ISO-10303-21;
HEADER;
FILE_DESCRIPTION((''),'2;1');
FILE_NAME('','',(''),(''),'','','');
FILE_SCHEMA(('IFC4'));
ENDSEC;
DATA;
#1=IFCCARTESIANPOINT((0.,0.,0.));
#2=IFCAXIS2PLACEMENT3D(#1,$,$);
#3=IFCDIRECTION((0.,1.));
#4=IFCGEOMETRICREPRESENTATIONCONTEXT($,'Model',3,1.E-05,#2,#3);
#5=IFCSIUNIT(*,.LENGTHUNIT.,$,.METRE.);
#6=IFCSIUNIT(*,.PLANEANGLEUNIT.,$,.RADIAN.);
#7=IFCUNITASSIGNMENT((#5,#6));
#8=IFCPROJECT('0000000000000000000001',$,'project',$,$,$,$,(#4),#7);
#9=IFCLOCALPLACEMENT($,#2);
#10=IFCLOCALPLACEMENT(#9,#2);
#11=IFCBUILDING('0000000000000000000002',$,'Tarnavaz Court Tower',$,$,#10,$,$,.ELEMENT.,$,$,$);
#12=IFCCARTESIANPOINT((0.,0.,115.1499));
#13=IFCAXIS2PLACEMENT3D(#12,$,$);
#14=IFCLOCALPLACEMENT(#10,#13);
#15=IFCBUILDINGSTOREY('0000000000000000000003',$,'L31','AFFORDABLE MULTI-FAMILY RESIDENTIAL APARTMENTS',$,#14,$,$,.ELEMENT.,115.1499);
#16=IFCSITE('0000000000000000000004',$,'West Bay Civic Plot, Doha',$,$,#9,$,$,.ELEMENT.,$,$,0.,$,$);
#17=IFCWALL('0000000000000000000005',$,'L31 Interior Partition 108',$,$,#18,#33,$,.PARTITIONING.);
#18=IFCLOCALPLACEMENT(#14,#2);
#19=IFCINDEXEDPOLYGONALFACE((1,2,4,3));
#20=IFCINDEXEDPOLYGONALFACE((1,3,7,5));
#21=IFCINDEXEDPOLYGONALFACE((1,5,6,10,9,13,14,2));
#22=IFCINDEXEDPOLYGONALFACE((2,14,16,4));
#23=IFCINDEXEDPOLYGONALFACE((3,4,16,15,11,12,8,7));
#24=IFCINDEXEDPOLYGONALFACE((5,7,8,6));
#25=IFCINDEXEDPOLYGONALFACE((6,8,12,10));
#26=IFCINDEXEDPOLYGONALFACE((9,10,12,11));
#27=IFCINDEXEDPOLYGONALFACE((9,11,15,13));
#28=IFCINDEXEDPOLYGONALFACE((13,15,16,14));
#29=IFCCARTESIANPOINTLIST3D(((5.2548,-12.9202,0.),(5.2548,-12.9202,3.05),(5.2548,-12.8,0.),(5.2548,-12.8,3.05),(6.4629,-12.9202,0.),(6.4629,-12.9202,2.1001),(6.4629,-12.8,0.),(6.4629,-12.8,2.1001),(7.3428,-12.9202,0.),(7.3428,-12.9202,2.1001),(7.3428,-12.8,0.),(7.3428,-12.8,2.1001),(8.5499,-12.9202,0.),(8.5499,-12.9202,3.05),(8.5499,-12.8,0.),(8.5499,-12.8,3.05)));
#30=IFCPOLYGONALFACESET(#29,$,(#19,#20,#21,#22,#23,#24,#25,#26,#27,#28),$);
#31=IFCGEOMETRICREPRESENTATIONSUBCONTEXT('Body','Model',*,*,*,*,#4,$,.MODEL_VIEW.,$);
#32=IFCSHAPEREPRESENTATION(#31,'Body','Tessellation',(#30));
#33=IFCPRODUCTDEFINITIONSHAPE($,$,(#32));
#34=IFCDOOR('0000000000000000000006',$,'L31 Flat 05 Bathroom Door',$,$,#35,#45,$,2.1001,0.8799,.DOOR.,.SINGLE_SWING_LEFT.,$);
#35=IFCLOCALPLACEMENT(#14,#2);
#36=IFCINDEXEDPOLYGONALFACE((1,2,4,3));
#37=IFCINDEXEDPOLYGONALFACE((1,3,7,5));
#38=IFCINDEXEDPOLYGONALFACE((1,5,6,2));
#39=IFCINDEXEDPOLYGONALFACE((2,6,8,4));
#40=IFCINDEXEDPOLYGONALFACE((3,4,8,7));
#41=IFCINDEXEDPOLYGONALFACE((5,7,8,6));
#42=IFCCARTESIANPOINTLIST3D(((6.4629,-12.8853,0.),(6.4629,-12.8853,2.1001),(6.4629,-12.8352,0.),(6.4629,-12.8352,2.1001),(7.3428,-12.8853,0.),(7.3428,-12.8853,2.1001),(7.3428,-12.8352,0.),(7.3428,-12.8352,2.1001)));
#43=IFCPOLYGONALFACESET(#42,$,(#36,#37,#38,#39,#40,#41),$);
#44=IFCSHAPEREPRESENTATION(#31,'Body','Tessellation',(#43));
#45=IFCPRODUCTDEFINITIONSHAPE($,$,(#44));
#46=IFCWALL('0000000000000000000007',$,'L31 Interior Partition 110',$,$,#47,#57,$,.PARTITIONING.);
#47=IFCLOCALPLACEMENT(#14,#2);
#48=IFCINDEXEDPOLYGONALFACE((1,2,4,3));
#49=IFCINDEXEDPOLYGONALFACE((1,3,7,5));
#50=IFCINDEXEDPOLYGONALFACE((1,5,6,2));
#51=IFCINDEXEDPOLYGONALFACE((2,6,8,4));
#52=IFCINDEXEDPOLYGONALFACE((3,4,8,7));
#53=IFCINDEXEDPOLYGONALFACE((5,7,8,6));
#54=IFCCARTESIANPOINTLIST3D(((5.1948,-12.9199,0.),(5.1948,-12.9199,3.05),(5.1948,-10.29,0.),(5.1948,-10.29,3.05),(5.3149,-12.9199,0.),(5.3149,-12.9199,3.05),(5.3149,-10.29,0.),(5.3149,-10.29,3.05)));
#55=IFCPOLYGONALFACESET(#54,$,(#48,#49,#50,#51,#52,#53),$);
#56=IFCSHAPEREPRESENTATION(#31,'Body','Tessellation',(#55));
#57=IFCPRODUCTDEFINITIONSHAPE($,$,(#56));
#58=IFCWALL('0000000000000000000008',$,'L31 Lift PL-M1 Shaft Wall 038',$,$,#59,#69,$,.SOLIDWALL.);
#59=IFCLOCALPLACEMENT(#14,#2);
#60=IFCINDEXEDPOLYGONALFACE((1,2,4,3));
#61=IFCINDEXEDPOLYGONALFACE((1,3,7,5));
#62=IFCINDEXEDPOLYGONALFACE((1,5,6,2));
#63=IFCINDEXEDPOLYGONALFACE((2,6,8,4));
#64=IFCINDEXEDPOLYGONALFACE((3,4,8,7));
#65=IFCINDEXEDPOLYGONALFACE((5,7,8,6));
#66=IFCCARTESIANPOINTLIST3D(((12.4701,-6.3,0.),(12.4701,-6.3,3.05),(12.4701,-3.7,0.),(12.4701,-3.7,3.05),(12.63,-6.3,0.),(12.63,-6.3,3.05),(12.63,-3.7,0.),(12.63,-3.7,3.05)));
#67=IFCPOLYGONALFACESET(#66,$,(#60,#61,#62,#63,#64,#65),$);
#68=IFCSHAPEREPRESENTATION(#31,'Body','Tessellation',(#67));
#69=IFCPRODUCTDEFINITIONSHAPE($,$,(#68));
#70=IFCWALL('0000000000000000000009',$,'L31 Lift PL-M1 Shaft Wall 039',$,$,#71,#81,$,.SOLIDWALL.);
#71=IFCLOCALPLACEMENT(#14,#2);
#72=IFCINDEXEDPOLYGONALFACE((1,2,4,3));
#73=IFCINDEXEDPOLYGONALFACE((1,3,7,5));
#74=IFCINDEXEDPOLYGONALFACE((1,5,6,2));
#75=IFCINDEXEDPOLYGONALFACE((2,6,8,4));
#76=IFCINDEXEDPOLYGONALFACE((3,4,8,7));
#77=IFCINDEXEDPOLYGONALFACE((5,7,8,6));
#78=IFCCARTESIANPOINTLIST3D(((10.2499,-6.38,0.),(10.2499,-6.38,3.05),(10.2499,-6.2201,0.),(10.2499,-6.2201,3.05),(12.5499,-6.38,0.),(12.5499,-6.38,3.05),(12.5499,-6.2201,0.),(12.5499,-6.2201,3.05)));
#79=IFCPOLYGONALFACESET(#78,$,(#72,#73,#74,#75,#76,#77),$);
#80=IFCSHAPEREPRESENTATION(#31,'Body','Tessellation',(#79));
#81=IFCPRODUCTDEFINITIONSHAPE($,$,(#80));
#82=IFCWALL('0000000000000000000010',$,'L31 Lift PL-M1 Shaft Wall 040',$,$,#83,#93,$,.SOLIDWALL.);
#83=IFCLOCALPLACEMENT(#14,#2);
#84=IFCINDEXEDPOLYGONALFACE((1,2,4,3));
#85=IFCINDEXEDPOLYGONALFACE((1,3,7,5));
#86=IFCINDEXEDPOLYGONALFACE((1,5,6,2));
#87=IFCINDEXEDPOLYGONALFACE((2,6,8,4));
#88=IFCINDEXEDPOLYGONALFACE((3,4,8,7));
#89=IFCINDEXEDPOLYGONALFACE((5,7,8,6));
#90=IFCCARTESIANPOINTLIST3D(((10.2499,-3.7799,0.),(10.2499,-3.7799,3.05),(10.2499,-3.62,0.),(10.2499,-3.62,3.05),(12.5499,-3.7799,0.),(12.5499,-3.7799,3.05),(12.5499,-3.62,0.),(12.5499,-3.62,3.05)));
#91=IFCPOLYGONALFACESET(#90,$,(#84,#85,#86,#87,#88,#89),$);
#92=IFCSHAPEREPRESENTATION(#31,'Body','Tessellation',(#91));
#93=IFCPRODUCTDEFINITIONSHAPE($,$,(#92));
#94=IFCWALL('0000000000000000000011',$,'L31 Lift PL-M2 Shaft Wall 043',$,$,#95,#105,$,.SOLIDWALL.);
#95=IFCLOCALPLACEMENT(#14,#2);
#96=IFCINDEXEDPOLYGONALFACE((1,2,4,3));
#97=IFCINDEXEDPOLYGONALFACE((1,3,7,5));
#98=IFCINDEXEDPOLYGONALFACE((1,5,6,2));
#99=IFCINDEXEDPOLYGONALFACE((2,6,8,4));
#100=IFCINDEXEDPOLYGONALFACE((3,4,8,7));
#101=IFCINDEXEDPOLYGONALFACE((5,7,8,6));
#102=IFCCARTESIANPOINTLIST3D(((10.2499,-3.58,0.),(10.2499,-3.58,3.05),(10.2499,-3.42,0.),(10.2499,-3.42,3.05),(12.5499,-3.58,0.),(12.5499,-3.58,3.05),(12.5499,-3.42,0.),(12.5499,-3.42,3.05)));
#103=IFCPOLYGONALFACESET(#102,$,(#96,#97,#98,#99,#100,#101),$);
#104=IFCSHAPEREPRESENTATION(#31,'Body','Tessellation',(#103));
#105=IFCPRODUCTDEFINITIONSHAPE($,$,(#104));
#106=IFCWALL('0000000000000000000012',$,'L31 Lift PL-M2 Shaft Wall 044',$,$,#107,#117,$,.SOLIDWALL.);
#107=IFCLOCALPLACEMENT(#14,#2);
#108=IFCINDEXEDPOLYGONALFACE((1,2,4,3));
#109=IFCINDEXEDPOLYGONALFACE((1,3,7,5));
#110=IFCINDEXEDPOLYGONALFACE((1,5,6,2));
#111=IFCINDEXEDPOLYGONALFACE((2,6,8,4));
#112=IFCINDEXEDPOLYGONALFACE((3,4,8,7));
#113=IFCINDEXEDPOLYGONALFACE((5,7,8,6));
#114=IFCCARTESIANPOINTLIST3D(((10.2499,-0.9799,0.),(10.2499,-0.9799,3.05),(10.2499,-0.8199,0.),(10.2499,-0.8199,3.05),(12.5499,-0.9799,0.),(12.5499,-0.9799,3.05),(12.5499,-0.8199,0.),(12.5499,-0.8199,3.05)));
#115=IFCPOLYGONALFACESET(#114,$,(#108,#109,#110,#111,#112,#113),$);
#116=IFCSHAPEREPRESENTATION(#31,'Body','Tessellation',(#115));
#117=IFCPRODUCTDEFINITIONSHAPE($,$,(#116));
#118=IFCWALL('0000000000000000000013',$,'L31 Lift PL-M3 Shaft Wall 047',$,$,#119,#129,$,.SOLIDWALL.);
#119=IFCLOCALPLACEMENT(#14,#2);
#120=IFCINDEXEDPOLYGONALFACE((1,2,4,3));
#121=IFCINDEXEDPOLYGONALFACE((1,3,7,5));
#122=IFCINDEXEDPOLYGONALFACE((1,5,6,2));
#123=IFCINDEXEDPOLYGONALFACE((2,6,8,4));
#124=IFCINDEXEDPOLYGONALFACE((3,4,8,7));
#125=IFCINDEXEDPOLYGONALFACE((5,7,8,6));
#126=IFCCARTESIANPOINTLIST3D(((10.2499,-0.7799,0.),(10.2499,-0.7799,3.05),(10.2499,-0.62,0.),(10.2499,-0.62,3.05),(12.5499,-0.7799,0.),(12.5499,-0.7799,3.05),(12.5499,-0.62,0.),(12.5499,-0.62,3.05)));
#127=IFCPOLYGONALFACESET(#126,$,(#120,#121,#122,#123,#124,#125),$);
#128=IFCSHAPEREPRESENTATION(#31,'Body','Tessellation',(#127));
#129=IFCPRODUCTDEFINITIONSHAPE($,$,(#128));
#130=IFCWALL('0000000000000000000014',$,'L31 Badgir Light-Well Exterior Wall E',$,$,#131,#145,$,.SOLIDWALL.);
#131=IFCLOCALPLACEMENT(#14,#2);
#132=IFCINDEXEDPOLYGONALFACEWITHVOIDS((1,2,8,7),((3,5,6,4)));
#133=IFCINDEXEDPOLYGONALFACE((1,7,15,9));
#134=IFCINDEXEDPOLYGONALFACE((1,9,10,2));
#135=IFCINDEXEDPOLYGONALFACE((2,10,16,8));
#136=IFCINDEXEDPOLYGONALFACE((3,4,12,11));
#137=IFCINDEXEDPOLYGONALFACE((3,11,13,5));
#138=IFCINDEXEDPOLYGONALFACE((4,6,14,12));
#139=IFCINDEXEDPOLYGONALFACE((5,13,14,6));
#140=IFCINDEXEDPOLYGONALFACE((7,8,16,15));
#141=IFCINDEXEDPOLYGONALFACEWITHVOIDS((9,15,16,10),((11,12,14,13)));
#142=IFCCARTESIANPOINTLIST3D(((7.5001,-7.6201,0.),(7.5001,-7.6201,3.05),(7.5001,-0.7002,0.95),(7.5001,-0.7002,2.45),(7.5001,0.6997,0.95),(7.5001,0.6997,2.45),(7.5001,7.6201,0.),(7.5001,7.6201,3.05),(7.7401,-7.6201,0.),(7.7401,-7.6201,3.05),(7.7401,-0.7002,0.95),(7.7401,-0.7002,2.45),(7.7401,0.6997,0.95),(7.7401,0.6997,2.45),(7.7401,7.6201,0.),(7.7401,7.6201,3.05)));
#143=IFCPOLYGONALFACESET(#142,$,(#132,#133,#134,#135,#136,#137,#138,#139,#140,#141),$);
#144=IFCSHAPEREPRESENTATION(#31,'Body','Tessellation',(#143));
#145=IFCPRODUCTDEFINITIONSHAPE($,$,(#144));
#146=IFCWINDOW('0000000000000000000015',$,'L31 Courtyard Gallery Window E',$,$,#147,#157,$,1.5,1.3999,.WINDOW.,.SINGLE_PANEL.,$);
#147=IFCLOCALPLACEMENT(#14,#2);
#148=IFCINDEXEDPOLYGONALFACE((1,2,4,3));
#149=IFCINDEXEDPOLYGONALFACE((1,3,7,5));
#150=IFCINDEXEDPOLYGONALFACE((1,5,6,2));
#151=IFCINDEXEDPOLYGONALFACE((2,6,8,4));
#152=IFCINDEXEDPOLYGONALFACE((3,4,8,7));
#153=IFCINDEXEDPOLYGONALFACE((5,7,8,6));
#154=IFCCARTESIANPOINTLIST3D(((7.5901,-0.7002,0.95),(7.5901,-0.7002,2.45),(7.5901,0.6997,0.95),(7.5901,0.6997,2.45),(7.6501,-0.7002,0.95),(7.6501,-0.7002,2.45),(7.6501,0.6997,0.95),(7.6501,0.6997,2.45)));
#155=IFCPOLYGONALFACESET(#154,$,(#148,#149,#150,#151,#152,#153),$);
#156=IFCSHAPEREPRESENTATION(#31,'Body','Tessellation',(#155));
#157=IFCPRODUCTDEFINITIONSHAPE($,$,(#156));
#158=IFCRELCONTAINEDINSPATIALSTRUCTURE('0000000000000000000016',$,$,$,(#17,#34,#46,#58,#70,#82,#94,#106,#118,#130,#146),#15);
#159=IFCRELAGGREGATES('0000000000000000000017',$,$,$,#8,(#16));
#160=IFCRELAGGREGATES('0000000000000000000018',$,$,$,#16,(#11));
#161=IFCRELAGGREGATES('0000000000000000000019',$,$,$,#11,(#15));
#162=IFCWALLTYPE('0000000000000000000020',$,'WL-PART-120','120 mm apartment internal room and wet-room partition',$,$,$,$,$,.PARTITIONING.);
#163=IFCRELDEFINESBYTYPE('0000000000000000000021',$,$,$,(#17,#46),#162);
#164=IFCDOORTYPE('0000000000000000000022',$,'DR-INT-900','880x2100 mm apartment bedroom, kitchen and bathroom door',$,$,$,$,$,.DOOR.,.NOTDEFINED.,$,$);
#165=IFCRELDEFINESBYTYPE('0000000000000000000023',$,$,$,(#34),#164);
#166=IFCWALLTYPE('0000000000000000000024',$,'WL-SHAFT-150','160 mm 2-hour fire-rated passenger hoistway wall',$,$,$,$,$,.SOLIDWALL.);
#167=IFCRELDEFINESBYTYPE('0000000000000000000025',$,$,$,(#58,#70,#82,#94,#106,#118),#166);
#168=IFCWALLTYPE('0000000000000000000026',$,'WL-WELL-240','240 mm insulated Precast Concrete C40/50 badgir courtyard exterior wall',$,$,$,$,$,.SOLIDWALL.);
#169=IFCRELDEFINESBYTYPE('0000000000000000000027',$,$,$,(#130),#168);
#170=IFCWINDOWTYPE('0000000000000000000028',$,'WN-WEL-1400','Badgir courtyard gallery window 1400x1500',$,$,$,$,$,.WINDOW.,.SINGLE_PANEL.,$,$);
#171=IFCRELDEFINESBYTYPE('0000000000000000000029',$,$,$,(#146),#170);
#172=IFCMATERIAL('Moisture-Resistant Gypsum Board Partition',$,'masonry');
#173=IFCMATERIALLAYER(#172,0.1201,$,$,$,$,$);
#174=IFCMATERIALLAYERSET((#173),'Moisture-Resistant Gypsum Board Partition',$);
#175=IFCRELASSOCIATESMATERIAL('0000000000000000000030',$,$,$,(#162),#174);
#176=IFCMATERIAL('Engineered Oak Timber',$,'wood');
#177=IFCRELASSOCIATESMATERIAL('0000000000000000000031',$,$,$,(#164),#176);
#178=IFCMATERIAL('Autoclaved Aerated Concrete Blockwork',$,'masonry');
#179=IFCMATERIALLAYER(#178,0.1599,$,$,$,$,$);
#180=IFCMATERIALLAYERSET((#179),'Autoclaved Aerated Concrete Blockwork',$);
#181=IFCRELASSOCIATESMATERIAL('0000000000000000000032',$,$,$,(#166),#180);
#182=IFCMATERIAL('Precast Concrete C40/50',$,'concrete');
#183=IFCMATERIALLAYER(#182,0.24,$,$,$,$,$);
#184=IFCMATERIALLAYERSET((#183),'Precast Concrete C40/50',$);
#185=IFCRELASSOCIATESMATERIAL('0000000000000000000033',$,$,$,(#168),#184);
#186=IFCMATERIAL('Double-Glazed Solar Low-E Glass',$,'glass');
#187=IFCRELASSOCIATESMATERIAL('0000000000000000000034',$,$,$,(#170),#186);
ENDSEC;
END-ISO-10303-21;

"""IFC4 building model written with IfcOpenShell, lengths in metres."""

from ifc_helpers import new_model, si_unit, direction, frame, frame_2d, origin, place, context, subcontext, project, spatial, rectangle, extrude, material, layer, layer_set, type_object, element, fill, save


model = new_model("IFC4")

# Units and contexts
model_context = context("Model", 3, precision=1e-05, world=origin(), true_north=direction((0.0, 1.0)))
body_context = subcontext(model_context, "Body", "Model", "MODEL_VIEW")
ifc_project = project(units=[si_unit("LENGTHUNIT", "METRE"), si_unit("PLANEANGLEUNIT", "RADIAN")], contexts=[model_context])

# Site, building, storey
site_placement = place(None, origin())
site = spatial("IfcSite", under=ifc_project, at=site_placement, Name="West Bay Civic Plot, Doha", CompositionType="ELEMENT", RefElevation=0.0)
building_placement = place(site_placement, origin())
building = spatial("IfcBuilding", under=site, at=building_placement, Name="Tarnavaz Court Tower", CompositionType="ELEMENT")
storey_placement = place(building_placement, frame((0.0, 0.0, 115.1499)))
storey = spatial("IfcBuildingStorey", under=building, at=storey_placement, Name="L31", Description="AFFORDABLE MULTI-FAMILY RESIDENTIAL APARTMENTS", CompositionType="ELEMENT", Elevation=115.1499)

# Wall, opening, door
ifc_material_1 = material(Name="Moisture-Resistant Gypsum Board Partition", Category="masonry")
ifc_layer_1 = layer(ifc_material_1, 0.1201)
ifc_layer_set_1 = layer_set([ifc_layer_1], Name="Moisture-Resistant Gypsum Board Partition")
wall_type_1 = type_object("IfcWallType", Name="WL-PART-120", Description="120 mm apartment internal room and wet-room partition", PredefinedType="PARTITIONING", material=ifc_layer_set_1)
ifc_material_2 = material(Name="Engineered Oak Timber", Category="wood")
door_type_1 = type_object("IfcDoorType", Name="DR-INT-900", Description="880x2100 mm apartment bedroom, kitchen and bathroom door", OperationType="NOTDEFINED", PredefinedType="DOOR", material=ifc_material_2)
wall_1_placement = place(storey_placement, frame((5.2549, -12.8601, 0.0), z_axis=(0.0, 0.0, 1.0), x_axis=(1.0, 0.0, 0.0)))
wall_1 = element("IfcWall", 1, at=wall_1_placement, inside=storey, type_object=wall_type_1, Name="L31 Interior Partition 108", PredefinedType="PARTITIONING", context=body_context, shape_type="SweptSolid", body=[
    extrude(rectangle(XDim=3.2952, YDim=0.1201, at=frame_2d((1.6475, 0.0))), origin(), (0.0, 0.0, 1.0), 3.05),
])
opening_1_placement = place(wall_1_placement, frame((1.208, 0.0, 0.0)))
opening_1 = element("IfcOpeningElement", 2, at=opening_1_placement, cuts=wall_1, PredefinedType="OPENING", context=body_context, shape_type="SweptSolid", body=[
    extrude(rectangle(XDim=0.8799, YDim=2.1001, at=frame_2d((0.4399, 1.05))), frame((0.0, 0.0701, 0.0), z_axis=(0.0, -1.0, 0.0), x_axis=(1.0, 0.0, 0.0)), (0.0, 0.0, 1.0), 0.1401),
])
door_1_placement = place(opening_1_placement, origin())
door_1 = element("IfcDoor", 3, at=door_1_placement, inside=storey, type_object=door_type_1, Name="L31 Flat 05 Bathroom Door", OperationType="SINGLE_SWING_LEFT", OverallHeight=2.1001, OverallWidth=0.8799, PredefinedType="DOOR", context=body_context, shape_type="SweptSolid", body=[
    extrude(rectangle(XDim=0.8799, YDim=2.1001, at=frame_2d((0.4399, 1.05))), frame((0.0, 0.0249, 0.0), z_axis=(0.0, -1.0, 0.0), x_axis=(1.0, 0.0, 0.0)), (0.0, 0.0, 1.0), 0.05),
])
fill(opening_1, door_1)

# Wall
wall_2_placement = place(storey_placement, frame((5.2549, -12.9199, 0.0), z_axis=(0.0, 0.0, 1.0), x_axis=(0.0, 1.0, 0.0)))
element("IfcWall", 4, at=wall_2_placement, inside=storey, type_object=wall_type_1, Name="L31 Interior Partition 110", PredefinedType="PARTITIONING", context=body_context, shape_type="SweptSolid", body=[
    extrude(rectangle(XDim=2.6299, YDim=0.1201, at=frame_2d((1.3149, 0.0))), origin(), (0.0, 0.0, 1.0), 3.05),
])

# Shared definitions
ifc_material_3 = material(Name="Autoclaved Aerated Concrete Blockwork", Category="masonry")
ifc_layer_2 = layer(ifc_material_3, 0.1599)
ifc_layer_set_2 = layer_set([ifc_layer_2], Name="Autoclaved Aerated Concrete Blockwork")
wall_type_2 = type_object("IfcWallType", Name="WL-SHAFT-150", Description="160 mm 2-hour fire-rated passenger hoistway wall", PredefinedType="SOLIDWALL", material=ifc_layer_set_2)

# Walls
wall_3_placement = place(storey_placement, frame((12.55, -6.3, 0.0), z_axis=(0.0, 0.0, 1.0), x_axis=(0.0, 1.0, 0.0)))
element("IfcWall", 5, at=wall_3_placement, inside=storey, type_object=wall_type_2, Name="L31 Lift PL-M1 Shaft Wall 038", PredefinedType="SOLIDWALL", context=body_context, shape_type="SweptSolid", body=[
    extrude(rectangle(XDim=2.6001, YDim=0.1599, at=frame_2d((1.3, 0.0))), origin(), (0.0, 0.0, 1.0), 3.05),
])
for number, where, z_axis, x_axis, name in (
    (6, (10.25, -6.3, 0.0), (0.0, 0.0, 1.0), (1.0, 0.0, 0.0), "L31 Lift PL-M1 Shaft Wall 039"),
    (7, (10.25, -3.7, 0.0), (0.0, 0.0, 1.0), (1.0, 0.0, 0.0), "L31 Lift PL-M1 Shaft Wall 040"),
):
    element("IfcWall", number, at=place(storey_placement, frame(where, z_axis=z_axis, x_axis=x_axis)), inside=storey, type_object=wall_type_2, Name=name, PredefinedType="SOLIDWALL", context=body_context, shape_type="SweptSolid", body=[
        extrude(rectangle(XDim=2.3, YDim=0.1599, at=frame_2d((1.1499, 0.0))), origin(), (0.0, 0.0, 1.0), 3.05),
    ])

# Walls
for number, where, z_axis, x_axis, name in (
    (8, (10.25, -3.5, 0.0), (0.0, 0.0, 1.0), (1.0, 0.0, 0.0), "L31 Lift PL-M2 Shaft Wall 043"),
    (9, (10.25, -0.8999, 0.0), (0.0, 0.0, 1.0), (1.0, 0.0, 0.0), "L31 Lift PL-M2 Shaft Wall 044"),
):
    element("IfcWall", number, at=place(storey_placement, frame(where, z_axis=z_axis, x_axis=x_axis)), inside=storey, type_object=wall_type_2, Name=name, PredefinedType="SOLIDWALL", context=body_context, shape_type="SweptSolid", body=[
        extrude(rectangle(XDim=2.3, YDim=0.1599, at=frame_2d((1.1499, 0.0))), origin(), (0.0, 0.0, 1.0), 3.05),
    ])

# Wall
wall_4_placement = place(storey_placement, frame((10.25, -0.7, 0.0), z_axis=(0.0, 0.0, 1.0), x_axis=(1.0, 0.0, 0.0)))
element("IfcWall", 10, at=wall_4_placement, inside=storey, type_object=wall_type_2, Name="L31 Lift PL-M3 Shaft Wall 047", PredefinedType="SOLIDWALL", context=body_context, shape_type="SweptSolid", body=[
    extrude(rectangle(XDim=2.3, YDim=0.1599, at=frame_2d((1.1499, 0.0))), origin(), (0.0, 0.0, 1.0), 3.05),
])

# Wall, opening, window
ifc_material_4 = material(Name="Precast Concrete C40/50", Category="concrete")
ifc_layer_3 = layer(ifc_material_4, 0.24)
ifc_layer_set_3 = layer_set([ifc_layer_3], Name="Precast Concrete C40/50")
wall_type_3 = type_object("IfcWallType", Name="WL-WELL-240", Description="240 mm insulated Precast Concrete C40/50 badgir courtyard exterior wall", PredefinedType="SOLIDWALL", material=ifc_layer_set_3)
wall_5_placement = place(storey_placement, frame((7.6201, -7.6201, 0.0), z_axis=(0.0, 0.0, 1.0), x_axis=(0.0, 1.0, 0.0)))
wall_5 = element("IfcWall", 11, at=wall_5_placement, inside=storey, type_object=wall_type_3, Name="L31 Badgir Light-Well Exterior Wall E", PredefinedType="SOLIDWALL", context=body_context, shape_type="SweptSolid", body=[
    extrude(rectangle(XDim=15.2402, YDim=0.24, at=frame_2d((7.6201, 0.0))), origin(), (0.0, 0.0, 1.0), 3.05),
])
opening_2_placement = place(wall_5_placement, frame((6.9199, 0.0, 0.95)))
opening_2 = element("IfcOpeningElement", 12, at=opening_2_placement, cuts=wall_5, PredefinedType="OPENING", context=body_context, shape_type="SweptSolid", body=[
    extrude(rectangle(XDim=1.3999, YDim=1.5, at=frame_2d((0.7, 0.75))), frame((0.0, 0.1299, 0.0), z_axis=(0.0, -1.0, 0.0), x_axis=(1.0, 0.0, 0.0)), (0.0, 0.0, 1.0), 0.26),
])
ifc_material_5 = material(Name="Double-Glazed Solar Low-E Glass", Category="glass")
window_type = type_object("IfcWindowType", Name="WN-WEL-1400", Description="Badgir courtyard gallery window 1400x1500", PartitioningType="SINGLE_PANEL", PredefinedType="WINDOW", material=ifc_material_5)
window_placement = place(opening_2_placement, origin())
window = element("IfcWindow", 13, at=window_placement, inside=storey, type_object=window_type, Name="L31 Courtyard Gallery Window E", OverallHeight=1.5, OverallWidth=1.3999, PartitioningType="SINGLE_PANEL", PredefinedType="WINDOW", context=body_context, shape_type="SweptSolid", body=[
    extrude(rectangle(XDim=1.3999, YDim=1.5, at=frame_2d((0.7, 0.75))), frame((0.0, 0.03, 0.0), z_axis=(0.0, -1.0, 0.0), x_axis=(1.0, 0.0, 0.0)), (0.0, 0.0, 1.0), 0.0601),
])
fill(opening_2, window)

save(model, "model.ifc")
